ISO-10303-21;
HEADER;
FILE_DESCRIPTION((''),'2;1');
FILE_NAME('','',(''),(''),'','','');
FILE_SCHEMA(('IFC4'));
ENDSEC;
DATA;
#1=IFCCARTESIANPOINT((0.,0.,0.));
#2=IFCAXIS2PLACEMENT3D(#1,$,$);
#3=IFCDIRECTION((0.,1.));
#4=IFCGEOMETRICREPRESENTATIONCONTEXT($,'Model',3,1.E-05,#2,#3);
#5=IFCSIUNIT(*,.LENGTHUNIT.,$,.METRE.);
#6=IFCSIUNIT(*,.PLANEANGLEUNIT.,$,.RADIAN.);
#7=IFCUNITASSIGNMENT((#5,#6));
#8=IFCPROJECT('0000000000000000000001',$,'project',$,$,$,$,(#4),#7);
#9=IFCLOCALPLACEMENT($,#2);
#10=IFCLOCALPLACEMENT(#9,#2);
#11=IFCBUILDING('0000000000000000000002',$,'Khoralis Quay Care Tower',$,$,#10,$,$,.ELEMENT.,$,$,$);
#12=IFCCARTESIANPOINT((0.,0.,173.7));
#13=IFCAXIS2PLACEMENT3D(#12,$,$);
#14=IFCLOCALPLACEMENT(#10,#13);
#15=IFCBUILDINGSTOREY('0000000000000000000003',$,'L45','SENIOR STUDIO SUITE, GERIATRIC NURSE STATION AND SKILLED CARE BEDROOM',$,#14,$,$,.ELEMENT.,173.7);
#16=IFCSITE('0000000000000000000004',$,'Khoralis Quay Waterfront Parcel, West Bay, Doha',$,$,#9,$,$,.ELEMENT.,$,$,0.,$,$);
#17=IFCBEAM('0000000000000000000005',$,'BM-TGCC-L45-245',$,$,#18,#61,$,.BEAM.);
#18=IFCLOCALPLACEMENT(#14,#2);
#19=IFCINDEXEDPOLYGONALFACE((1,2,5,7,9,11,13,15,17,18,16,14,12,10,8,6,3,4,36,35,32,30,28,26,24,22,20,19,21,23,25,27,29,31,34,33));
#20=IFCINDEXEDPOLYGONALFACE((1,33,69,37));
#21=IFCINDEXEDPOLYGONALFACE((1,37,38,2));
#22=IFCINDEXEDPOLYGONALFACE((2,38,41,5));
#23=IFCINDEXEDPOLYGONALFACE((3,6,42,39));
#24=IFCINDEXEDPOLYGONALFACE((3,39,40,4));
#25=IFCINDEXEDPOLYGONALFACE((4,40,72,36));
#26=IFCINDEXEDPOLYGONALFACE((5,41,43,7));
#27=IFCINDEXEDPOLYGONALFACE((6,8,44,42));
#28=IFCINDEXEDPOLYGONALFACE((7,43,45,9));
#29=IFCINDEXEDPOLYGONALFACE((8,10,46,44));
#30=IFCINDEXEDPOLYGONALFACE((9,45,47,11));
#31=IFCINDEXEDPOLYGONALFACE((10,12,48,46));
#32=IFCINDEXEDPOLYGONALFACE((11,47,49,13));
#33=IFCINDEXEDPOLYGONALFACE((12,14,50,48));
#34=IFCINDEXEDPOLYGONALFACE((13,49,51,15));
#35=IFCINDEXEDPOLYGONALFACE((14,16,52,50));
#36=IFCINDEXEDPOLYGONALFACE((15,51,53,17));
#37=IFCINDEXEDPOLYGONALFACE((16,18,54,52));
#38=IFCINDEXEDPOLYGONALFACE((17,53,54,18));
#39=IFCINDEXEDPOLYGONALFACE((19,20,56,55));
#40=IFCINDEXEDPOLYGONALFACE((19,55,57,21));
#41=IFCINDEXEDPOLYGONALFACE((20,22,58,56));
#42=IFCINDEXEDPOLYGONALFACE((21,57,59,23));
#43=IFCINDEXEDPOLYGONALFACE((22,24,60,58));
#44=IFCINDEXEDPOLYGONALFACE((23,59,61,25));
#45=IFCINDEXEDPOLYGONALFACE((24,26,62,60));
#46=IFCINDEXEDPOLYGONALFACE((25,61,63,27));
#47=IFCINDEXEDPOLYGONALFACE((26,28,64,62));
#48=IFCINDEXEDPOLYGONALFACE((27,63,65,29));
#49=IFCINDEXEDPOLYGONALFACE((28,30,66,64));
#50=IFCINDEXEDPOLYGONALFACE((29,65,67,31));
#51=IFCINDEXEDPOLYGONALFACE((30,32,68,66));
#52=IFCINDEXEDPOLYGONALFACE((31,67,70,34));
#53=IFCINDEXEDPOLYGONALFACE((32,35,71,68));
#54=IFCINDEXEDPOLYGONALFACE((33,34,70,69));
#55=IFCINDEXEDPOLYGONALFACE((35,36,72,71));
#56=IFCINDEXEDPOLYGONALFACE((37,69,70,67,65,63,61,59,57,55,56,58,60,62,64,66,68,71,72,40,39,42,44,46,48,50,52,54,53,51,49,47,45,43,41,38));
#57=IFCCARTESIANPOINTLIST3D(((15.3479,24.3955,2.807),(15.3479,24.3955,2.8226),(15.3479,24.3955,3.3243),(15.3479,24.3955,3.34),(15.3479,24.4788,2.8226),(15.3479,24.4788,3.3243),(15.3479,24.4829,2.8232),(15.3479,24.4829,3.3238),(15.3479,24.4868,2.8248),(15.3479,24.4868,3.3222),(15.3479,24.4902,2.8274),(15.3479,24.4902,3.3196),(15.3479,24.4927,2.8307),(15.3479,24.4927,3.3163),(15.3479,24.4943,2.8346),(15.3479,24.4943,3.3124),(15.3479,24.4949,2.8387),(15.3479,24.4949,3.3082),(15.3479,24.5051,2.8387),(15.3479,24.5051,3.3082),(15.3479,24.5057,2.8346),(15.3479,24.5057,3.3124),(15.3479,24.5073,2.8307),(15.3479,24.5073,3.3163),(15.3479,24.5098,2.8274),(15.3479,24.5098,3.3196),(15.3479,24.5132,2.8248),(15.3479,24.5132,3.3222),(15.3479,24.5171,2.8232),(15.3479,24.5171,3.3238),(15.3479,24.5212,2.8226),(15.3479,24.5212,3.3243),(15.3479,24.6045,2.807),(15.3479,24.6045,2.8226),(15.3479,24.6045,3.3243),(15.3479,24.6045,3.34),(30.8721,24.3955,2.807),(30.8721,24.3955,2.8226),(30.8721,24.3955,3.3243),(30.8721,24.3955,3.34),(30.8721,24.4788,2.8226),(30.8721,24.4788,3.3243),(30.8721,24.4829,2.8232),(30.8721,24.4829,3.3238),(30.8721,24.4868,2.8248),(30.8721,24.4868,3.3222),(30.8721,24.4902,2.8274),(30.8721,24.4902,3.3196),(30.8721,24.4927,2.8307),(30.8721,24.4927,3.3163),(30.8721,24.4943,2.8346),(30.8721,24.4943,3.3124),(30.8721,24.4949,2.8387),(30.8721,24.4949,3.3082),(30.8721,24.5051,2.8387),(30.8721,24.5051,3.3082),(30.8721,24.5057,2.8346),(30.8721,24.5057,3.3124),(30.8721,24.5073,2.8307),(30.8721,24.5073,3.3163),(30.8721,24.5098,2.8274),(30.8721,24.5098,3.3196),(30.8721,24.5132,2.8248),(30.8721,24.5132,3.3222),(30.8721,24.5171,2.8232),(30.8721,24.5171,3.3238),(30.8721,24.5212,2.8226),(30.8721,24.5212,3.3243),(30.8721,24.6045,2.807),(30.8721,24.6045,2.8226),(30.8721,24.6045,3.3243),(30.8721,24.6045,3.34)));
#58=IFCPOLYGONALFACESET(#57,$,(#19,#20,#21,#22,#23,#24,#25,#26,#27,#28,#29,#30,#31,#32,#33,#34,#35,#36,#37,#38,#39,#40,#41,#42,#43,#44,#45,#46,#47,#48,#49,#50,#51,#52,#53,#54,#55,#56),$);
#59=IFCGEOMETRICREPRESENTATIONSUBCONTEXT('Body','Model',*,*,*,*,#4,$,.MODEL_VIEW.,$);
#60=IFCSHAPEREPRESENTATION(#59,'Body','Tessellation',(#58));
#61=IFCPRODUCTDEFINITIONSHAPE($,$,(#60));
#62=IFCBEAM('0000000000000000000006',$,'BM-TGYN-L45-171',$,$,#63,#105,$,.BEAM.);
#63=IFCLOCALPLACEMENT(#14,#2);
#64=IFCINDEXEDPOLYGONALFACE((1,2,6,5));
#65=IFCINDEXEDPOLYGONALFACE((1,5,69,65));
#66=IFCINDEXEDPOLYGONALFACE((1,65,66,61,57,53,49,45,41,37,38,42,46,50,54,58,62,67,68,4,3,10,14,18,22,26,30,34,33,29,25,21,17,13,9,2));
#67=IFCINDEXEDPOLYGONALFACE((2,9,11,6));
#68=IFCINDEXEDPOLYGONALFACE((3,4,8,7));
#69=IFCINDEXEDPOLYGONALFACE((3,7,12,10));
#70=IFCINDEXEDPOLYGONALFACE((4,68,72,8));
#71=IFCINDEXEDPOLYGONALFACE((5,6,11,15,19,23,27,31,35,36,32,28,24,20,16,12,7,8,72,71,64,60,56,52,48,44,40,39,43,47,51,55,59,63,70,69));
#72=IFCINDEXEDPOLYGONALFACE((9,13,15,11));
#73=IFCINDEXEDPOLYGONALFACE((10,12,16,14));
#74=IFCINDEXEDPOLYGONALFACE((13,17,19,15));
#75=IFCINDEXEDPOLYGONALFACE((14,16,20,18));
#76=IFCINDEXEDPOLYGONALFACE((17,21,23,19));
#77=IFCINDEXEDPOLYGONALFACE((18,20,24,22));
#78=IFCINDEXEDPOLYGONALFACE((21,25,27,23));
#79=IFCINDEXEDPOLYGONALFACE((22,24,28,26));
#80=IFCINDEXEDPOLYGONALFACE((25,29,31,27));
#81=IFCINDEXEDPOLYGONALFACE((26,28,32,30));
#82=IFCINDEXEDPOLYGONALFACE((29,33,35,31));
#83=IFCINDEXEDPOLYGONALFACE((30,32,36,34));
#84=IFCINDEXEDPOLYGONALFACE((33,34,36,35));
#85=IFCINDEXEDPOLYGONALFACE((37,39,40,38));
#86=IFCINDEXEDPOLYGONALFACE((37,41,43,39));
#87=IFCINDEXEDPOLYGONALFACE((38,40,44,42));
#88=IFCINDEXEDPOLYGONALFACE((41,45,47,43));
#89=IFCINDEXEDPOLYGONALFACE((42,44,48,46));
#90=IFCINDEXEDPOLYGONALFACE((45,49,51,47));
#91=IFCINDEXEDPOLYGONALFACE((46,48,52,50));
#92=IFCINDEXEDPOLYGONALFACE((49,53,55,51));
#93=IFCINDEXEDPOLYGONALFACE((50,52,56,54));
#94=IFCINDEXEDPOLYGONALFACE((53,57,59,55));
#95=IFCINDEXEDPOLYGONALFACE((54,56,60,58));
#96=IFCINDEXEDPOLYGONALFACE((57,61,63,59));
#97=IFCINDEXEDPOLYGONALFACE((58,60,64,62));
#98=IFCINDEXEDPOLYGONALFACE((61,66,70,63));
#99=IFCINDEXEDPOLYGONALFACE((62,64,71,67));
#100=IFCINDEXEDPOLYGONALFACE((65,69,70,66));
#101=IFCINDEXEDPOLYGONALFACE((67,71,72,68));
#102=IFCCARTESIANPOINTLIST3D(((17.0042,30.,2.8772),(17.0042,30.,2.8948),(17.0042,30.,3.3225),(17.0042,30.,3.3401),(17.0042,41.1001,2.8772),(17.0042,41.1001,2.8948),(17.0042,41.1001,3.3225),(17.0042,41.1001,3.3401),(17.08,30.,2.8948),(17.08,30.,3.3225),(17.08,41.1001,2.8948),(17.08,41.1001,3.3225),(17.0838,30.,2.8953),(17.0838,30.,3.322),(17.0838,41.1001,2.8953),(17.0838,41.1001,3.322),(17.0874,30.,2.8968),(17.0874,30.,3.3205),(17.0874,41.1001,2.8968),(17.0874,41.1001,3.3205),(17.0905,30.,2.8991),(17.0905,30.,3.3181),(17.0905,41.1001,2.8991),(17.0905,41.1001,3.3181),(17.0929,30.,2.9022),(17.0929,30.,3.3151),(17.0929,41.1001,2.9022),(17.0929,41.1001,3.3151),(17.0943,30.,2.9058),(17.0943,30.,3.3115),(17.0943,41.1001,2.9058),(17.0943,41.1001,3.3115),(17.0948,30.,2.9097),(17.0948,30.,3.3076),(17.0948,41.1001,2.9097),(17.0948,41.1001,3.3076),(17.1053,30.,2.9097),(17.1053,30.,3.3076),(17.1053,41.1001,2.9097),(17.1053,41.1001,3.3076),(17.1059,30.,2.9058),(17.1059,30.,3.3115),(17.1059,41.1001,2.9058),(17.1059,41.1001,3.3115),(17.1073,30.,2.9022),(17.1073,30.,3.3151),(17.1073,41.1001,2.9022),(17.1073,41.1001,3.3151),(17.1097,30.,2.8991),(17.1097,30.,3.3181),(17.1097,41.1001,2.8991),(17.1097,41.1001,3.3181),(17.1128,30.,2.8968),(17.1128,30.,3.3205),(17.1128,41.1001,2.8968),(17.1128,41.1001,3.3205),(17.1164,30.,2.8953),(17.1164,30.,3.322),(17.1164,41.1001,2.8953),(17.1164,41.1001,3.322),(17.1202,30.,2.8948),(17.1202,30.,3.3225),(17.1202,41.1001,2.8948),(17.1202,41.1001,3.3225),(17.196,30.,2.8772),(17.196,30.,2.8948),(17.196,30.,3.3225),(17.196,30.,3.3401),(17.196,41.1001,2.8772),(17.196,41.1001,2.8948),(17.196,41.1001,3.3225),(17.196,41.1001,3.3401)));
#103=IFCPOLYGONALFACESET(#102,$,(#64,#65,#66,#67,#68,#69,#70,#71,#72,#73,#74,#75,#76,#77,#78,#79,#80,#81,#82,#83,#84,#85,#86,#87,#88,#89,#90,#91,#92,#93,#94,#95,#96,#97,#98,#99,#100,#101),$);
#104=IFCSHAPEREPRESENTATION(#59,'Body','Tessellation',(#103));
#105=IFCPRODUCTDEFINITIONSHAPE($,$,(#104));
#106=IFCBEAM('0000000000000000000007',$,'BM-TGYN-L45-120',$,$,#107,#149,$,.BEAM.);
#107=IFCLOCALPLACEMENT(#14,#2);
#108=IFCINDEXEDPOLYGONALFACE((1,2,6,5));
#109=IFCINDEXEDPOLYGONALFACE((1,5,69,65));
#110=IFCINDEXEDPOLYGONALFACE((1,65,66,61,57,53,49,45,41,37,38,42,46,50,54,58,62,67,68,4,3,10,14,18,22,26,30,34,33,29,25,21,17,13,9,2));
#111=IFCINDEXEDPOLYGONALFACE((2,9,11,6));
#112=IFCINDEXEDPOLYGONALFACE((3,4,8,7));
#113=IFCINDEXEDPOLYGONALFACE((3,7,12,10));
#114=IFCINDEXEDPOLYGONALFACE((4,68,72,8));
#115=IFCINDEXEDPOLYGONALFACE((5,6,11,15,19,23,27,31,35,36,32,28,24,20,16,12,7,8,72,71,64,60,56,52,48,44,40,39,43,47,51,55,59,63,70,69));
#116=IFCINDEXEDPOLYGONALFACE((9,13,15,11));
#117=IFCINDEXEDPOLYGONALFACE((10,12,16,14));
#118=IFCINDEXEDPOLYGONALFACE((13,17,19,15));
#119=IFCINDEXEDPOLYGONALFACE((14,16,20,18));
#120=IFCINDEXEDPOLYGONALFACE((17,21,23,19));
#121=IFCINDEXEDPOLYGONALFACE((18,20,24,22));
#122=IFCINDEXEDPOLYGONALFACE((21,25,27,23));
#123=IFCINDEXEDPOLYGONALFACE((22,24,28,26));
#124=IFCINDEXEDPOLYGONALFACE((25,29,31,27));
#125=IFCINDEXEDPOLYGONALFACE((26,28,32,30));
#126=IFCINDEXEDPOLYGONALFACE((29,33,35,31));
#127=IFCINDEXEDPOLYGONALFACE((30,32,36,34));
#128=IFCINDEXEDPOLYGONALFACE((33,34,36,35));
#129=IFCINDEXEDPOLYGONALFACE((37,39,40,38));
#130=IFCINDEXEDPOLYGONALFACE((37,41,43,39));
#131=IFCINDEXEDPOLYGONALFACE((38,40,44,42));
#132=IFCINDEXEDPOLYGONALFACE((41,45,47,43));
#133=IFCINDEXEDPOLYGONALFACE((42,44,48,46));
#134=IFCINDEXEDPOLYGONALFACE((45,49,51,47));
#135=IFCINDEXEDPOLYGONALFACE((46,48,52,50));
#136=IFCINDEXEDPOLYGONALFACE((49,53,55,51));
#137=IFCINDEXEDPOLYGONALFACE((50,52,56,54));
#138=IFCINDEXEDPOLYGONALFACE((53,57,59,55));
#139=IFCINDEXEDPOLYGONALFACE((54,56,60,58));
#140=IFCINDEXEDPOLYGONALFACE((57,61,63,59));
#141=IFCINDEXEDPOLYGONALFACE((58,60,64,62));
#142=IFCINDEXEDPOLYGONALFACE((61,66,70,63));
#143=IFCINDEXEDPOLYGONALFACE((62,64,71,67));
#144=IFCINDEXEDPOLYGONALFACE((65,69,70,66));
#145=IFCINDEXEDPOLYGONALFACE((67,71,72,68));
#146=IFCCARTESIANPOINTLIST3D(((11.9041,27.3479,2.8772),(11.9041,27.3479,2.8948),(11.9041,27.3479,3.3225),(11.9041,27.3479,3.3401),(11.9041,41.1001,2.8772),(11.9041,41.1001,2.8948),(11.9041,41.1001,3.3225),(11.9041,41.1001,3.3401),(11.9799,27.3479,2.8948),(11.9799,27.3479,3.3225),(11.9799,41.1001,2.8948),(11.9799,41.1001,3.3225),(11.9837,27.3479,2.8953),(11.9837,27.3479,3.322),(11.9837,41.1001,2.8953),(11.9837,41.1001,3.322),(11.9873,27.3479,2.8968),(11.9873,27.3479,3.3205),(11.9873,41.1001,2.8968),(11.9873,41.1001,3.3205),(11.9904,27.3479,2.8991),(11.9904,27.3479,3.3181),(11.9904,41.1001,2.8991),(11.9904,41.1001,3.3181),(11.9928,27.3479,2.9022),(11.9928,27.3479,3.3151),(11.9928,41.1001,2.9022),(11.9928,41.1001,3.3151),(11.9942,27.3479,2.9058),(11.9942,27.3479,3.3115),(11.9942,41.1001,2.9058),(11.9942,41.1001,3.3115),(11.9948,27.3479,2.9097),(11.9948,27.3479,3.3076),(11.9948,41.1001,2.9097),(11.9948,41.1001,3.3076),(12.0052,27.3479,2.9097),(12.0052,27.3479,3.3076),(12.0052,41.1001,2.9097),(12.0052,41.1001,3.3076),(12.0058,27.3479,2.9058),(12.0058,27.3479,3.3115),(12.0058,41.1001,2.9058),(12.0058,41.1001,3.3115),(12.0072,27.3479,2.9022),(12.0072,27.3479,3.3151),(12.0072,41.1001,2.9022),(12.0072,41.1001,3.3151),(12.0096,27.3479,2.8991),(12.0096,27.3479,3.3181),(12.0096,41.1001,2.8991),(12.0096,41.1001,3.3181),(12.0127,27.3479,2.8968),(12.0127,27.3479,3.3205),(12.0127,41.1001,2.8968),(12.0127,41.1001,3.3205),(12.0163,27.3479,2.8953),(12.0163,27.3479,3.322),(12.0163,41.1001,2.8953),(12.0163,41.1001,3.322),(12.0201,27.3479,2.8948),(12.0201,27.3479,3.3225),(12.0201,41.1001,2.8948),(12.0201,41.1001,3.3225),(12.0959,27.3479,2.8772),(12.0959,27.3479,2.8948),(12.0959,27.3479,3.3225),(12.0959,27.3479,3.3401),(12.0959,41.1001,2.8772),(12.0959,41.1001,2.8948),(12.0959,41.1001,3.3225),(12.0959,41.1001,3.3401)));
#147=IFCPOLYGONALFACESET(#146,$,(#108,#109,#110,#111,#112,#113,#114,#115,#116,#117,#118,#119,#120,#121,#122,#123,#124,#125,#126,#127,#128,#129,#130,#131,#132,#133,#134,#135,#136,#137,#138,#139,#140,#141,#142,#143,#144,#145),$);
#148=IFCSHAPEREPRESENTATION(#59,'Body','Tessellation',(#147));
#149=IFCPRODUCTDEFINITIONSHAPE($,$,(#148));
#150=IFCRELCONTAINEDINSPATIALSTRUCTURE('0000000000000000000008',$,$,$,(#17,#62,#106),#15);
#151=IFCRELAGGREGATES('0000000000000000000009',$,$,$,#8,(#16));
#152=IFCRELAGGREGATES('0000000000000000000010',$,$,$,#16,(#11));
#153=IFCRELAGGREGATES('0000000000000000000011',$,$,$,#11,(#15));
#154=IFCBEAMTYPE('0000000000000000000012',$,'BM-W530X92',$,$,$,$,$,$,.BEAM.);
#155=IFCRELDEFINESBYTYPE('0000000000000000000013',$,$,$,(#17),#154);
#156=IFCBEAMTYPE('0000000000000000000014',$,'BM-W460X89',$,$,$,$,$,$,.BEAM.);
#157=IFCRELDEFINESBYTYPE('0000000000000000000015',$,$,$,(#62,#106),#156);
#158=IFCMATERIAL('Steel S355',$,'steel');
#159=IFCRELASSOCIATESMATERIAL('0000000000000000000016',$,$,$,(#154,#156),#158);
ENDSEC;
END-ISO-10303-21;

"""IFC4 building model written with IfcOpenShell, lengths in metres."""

from ifc_helpers import new_model, si_unit, direction, frame, origin, origin_2d, place, context, subcontext, project, spatial, i_section, extrude, source, transform, mapped, material, material_profile, profile_set, type_object, element, save


model = new_model("IFC4")

# Units and contexts
model_context = context("Model", 3, precision=1e-05, world=origin(), true_north=direction((0.0, 1.0)))
body_context = subcontext(model_context, "Body", "Model", "MODEL_VIEW")
ifc_project = project(units=[si_unit("LENGTHUNIT", "METRE"), si_unit("PLANEANGLEUNIT", "RADIAN")], contexts=[model_context])

# Site, building, storey
site_placement = place(None, origin())
site = spatial("IfcSite", under=ifc_project, at=site_placement, Name="Khoralis Quay Waterfront Parcel, West Bay, Doha", CompositionType="ELEMENT", RefElevation=0.0)
building_placement = place(site_placement, origin())
building = spatial("IfcBuilding", under=site, at=building_placement, Name="Khoralis Quay Care Tower", CompositionType="ELEMENT")
storey_placement = place(building_placement, frame((0.0, 0.0, 173.7)))
storey = spatial("IfcBuildingStorey", under=building, at=storey_placement, Name="L45", Description="SENIOR STUDIO SUITE, GERIATRIC NURSE STATION AND SKILLED CARE BEDROOM", CompositionType="ELEMENT", Elevation=173.7)

# Beams
ifc_material_1 = material(Name="Steel S355", Category="steel")
ifc_material_profile_1 = material_profile(ifc_material_1, i_section(OverallWidth=0.209, OverallDepth=0.533, WebThickness=0.0103, FlangeThickness=0.0156, FilletRadius=0.0161, at=origin_2d()), Name="Steel S355")
ifc_profile_set_1 = profile_set([ifc_material_profile_1], Name="Steel S355")
beam_type_1 = type_object("IfcBeamType", Name="BM-W530X92", PredefinedType="BEAM", material=ifc_profile_set_1)
shared_shape_1 = source(origin(), body_context, "Body", "SweptSolid", [
    extrude(i_section(OverallWidth=0.209, OverallDepth=0.533, WebThickness=0.0103, FlangeThickness=0.0156, FilletRadius=0.0161, at=origin_2d()), origin(), (0.0, 0.0, 1.0), 15.5242),
])
beam_1_placement = place(storey_placement, frame((15.3479, 24.5, 3.0735), z_axis=(1.0, 0.0, 0.0), x_axis=(0.0, 1.0, 0.0)))
element("IfcBeam", 1, at=beam_1_placement, inside=storey, type_object=beam_type_1, Name="BM-TGCC-L45-245", PredefinedType="BEAM", context=body_context, shape_type="MappedRepresentation", body=[
    mapped(shared_shape_1, transform((0.0, 0.0, 0.0), scale=1.0)),
])
ifc_material_profile_2 = material_profile(ifc_material_1, i_section(OverallWidth=0.1919, OverallDepth=0.4629, WebThickness=0.0105, FlangeThickness=0.0176, FilletRadius=0.0149, at=origin_2d()), Name="Steel S355")
ifc_profile_set_2 = profile_set([ifc_material_profile_2], Name="Steel S355")
beam_type_2 = type_object("IfcBeamType", Name="BM-W460X89", PredefinedType="BEAM", material=ifc_profile_set_2)
shared_shape_2 = source(origin(), body_context, "Body", "SweptSolid", [
    extrude(i_section(OverallWidth=0.1919, OverallDepth=0.4629, WebThickness=0.0105, FlangeThickness=0.0176, FilletRadius=0.0149, at=origin_2d()), origin(), (0.0, 0.0, 1.0), 11.1001),
])
beam_2_placement = place(storey_placement, frame((17.1001, 30.0, 3.1086), z_axis=(0.0, 1.0, 0.0), x_axis=(-1.0, 0.0, 0.0)))
element("IfcBeam", 2, at=beam_2_placement, inside=storey, type_object=beam_type_2, Name="BM-TGYN-L45-171", PredefinedType="BEAM", context=body_context, shape_type="MappedRepresentation", body=[
    mapped(shared_shape_2, transform((0.0, 0.0, 0.0), scale=1.0)),
])
shared_shape_3 = source(origin(), body_context, "Body", "SweptSolid", [
    extrude(i_section(OverallWidth=0.1919, OverallDepth=0.4629, WebThickness=0.0105, FlangeThickness=0.0176, FilletRadius=0.0149, at=origin_2d()), origin(), (0.0, 0.0, 1.0), 13.7522),
])
beam_3_placement = place(storey_placement, frame((12.0, 27.3479, 3.1086), z_axis=(0.0, 1.0, 0.0), x_axis=(-1.0, 0.0, 0.0)))
element("IfcBeam", 3, at=beam_3_placement, inside=storey, type_object=beam_type_2, Name="BM-TGYN-L45-120", PredefinedType="BEAM", context=body_context, shape_type="MappedRepresentation", body=[
    mapped(shared_shape_3, transform((0.0, 0.0, 0.0), scale=1.0)),
])

save(model, "model.ifc")
